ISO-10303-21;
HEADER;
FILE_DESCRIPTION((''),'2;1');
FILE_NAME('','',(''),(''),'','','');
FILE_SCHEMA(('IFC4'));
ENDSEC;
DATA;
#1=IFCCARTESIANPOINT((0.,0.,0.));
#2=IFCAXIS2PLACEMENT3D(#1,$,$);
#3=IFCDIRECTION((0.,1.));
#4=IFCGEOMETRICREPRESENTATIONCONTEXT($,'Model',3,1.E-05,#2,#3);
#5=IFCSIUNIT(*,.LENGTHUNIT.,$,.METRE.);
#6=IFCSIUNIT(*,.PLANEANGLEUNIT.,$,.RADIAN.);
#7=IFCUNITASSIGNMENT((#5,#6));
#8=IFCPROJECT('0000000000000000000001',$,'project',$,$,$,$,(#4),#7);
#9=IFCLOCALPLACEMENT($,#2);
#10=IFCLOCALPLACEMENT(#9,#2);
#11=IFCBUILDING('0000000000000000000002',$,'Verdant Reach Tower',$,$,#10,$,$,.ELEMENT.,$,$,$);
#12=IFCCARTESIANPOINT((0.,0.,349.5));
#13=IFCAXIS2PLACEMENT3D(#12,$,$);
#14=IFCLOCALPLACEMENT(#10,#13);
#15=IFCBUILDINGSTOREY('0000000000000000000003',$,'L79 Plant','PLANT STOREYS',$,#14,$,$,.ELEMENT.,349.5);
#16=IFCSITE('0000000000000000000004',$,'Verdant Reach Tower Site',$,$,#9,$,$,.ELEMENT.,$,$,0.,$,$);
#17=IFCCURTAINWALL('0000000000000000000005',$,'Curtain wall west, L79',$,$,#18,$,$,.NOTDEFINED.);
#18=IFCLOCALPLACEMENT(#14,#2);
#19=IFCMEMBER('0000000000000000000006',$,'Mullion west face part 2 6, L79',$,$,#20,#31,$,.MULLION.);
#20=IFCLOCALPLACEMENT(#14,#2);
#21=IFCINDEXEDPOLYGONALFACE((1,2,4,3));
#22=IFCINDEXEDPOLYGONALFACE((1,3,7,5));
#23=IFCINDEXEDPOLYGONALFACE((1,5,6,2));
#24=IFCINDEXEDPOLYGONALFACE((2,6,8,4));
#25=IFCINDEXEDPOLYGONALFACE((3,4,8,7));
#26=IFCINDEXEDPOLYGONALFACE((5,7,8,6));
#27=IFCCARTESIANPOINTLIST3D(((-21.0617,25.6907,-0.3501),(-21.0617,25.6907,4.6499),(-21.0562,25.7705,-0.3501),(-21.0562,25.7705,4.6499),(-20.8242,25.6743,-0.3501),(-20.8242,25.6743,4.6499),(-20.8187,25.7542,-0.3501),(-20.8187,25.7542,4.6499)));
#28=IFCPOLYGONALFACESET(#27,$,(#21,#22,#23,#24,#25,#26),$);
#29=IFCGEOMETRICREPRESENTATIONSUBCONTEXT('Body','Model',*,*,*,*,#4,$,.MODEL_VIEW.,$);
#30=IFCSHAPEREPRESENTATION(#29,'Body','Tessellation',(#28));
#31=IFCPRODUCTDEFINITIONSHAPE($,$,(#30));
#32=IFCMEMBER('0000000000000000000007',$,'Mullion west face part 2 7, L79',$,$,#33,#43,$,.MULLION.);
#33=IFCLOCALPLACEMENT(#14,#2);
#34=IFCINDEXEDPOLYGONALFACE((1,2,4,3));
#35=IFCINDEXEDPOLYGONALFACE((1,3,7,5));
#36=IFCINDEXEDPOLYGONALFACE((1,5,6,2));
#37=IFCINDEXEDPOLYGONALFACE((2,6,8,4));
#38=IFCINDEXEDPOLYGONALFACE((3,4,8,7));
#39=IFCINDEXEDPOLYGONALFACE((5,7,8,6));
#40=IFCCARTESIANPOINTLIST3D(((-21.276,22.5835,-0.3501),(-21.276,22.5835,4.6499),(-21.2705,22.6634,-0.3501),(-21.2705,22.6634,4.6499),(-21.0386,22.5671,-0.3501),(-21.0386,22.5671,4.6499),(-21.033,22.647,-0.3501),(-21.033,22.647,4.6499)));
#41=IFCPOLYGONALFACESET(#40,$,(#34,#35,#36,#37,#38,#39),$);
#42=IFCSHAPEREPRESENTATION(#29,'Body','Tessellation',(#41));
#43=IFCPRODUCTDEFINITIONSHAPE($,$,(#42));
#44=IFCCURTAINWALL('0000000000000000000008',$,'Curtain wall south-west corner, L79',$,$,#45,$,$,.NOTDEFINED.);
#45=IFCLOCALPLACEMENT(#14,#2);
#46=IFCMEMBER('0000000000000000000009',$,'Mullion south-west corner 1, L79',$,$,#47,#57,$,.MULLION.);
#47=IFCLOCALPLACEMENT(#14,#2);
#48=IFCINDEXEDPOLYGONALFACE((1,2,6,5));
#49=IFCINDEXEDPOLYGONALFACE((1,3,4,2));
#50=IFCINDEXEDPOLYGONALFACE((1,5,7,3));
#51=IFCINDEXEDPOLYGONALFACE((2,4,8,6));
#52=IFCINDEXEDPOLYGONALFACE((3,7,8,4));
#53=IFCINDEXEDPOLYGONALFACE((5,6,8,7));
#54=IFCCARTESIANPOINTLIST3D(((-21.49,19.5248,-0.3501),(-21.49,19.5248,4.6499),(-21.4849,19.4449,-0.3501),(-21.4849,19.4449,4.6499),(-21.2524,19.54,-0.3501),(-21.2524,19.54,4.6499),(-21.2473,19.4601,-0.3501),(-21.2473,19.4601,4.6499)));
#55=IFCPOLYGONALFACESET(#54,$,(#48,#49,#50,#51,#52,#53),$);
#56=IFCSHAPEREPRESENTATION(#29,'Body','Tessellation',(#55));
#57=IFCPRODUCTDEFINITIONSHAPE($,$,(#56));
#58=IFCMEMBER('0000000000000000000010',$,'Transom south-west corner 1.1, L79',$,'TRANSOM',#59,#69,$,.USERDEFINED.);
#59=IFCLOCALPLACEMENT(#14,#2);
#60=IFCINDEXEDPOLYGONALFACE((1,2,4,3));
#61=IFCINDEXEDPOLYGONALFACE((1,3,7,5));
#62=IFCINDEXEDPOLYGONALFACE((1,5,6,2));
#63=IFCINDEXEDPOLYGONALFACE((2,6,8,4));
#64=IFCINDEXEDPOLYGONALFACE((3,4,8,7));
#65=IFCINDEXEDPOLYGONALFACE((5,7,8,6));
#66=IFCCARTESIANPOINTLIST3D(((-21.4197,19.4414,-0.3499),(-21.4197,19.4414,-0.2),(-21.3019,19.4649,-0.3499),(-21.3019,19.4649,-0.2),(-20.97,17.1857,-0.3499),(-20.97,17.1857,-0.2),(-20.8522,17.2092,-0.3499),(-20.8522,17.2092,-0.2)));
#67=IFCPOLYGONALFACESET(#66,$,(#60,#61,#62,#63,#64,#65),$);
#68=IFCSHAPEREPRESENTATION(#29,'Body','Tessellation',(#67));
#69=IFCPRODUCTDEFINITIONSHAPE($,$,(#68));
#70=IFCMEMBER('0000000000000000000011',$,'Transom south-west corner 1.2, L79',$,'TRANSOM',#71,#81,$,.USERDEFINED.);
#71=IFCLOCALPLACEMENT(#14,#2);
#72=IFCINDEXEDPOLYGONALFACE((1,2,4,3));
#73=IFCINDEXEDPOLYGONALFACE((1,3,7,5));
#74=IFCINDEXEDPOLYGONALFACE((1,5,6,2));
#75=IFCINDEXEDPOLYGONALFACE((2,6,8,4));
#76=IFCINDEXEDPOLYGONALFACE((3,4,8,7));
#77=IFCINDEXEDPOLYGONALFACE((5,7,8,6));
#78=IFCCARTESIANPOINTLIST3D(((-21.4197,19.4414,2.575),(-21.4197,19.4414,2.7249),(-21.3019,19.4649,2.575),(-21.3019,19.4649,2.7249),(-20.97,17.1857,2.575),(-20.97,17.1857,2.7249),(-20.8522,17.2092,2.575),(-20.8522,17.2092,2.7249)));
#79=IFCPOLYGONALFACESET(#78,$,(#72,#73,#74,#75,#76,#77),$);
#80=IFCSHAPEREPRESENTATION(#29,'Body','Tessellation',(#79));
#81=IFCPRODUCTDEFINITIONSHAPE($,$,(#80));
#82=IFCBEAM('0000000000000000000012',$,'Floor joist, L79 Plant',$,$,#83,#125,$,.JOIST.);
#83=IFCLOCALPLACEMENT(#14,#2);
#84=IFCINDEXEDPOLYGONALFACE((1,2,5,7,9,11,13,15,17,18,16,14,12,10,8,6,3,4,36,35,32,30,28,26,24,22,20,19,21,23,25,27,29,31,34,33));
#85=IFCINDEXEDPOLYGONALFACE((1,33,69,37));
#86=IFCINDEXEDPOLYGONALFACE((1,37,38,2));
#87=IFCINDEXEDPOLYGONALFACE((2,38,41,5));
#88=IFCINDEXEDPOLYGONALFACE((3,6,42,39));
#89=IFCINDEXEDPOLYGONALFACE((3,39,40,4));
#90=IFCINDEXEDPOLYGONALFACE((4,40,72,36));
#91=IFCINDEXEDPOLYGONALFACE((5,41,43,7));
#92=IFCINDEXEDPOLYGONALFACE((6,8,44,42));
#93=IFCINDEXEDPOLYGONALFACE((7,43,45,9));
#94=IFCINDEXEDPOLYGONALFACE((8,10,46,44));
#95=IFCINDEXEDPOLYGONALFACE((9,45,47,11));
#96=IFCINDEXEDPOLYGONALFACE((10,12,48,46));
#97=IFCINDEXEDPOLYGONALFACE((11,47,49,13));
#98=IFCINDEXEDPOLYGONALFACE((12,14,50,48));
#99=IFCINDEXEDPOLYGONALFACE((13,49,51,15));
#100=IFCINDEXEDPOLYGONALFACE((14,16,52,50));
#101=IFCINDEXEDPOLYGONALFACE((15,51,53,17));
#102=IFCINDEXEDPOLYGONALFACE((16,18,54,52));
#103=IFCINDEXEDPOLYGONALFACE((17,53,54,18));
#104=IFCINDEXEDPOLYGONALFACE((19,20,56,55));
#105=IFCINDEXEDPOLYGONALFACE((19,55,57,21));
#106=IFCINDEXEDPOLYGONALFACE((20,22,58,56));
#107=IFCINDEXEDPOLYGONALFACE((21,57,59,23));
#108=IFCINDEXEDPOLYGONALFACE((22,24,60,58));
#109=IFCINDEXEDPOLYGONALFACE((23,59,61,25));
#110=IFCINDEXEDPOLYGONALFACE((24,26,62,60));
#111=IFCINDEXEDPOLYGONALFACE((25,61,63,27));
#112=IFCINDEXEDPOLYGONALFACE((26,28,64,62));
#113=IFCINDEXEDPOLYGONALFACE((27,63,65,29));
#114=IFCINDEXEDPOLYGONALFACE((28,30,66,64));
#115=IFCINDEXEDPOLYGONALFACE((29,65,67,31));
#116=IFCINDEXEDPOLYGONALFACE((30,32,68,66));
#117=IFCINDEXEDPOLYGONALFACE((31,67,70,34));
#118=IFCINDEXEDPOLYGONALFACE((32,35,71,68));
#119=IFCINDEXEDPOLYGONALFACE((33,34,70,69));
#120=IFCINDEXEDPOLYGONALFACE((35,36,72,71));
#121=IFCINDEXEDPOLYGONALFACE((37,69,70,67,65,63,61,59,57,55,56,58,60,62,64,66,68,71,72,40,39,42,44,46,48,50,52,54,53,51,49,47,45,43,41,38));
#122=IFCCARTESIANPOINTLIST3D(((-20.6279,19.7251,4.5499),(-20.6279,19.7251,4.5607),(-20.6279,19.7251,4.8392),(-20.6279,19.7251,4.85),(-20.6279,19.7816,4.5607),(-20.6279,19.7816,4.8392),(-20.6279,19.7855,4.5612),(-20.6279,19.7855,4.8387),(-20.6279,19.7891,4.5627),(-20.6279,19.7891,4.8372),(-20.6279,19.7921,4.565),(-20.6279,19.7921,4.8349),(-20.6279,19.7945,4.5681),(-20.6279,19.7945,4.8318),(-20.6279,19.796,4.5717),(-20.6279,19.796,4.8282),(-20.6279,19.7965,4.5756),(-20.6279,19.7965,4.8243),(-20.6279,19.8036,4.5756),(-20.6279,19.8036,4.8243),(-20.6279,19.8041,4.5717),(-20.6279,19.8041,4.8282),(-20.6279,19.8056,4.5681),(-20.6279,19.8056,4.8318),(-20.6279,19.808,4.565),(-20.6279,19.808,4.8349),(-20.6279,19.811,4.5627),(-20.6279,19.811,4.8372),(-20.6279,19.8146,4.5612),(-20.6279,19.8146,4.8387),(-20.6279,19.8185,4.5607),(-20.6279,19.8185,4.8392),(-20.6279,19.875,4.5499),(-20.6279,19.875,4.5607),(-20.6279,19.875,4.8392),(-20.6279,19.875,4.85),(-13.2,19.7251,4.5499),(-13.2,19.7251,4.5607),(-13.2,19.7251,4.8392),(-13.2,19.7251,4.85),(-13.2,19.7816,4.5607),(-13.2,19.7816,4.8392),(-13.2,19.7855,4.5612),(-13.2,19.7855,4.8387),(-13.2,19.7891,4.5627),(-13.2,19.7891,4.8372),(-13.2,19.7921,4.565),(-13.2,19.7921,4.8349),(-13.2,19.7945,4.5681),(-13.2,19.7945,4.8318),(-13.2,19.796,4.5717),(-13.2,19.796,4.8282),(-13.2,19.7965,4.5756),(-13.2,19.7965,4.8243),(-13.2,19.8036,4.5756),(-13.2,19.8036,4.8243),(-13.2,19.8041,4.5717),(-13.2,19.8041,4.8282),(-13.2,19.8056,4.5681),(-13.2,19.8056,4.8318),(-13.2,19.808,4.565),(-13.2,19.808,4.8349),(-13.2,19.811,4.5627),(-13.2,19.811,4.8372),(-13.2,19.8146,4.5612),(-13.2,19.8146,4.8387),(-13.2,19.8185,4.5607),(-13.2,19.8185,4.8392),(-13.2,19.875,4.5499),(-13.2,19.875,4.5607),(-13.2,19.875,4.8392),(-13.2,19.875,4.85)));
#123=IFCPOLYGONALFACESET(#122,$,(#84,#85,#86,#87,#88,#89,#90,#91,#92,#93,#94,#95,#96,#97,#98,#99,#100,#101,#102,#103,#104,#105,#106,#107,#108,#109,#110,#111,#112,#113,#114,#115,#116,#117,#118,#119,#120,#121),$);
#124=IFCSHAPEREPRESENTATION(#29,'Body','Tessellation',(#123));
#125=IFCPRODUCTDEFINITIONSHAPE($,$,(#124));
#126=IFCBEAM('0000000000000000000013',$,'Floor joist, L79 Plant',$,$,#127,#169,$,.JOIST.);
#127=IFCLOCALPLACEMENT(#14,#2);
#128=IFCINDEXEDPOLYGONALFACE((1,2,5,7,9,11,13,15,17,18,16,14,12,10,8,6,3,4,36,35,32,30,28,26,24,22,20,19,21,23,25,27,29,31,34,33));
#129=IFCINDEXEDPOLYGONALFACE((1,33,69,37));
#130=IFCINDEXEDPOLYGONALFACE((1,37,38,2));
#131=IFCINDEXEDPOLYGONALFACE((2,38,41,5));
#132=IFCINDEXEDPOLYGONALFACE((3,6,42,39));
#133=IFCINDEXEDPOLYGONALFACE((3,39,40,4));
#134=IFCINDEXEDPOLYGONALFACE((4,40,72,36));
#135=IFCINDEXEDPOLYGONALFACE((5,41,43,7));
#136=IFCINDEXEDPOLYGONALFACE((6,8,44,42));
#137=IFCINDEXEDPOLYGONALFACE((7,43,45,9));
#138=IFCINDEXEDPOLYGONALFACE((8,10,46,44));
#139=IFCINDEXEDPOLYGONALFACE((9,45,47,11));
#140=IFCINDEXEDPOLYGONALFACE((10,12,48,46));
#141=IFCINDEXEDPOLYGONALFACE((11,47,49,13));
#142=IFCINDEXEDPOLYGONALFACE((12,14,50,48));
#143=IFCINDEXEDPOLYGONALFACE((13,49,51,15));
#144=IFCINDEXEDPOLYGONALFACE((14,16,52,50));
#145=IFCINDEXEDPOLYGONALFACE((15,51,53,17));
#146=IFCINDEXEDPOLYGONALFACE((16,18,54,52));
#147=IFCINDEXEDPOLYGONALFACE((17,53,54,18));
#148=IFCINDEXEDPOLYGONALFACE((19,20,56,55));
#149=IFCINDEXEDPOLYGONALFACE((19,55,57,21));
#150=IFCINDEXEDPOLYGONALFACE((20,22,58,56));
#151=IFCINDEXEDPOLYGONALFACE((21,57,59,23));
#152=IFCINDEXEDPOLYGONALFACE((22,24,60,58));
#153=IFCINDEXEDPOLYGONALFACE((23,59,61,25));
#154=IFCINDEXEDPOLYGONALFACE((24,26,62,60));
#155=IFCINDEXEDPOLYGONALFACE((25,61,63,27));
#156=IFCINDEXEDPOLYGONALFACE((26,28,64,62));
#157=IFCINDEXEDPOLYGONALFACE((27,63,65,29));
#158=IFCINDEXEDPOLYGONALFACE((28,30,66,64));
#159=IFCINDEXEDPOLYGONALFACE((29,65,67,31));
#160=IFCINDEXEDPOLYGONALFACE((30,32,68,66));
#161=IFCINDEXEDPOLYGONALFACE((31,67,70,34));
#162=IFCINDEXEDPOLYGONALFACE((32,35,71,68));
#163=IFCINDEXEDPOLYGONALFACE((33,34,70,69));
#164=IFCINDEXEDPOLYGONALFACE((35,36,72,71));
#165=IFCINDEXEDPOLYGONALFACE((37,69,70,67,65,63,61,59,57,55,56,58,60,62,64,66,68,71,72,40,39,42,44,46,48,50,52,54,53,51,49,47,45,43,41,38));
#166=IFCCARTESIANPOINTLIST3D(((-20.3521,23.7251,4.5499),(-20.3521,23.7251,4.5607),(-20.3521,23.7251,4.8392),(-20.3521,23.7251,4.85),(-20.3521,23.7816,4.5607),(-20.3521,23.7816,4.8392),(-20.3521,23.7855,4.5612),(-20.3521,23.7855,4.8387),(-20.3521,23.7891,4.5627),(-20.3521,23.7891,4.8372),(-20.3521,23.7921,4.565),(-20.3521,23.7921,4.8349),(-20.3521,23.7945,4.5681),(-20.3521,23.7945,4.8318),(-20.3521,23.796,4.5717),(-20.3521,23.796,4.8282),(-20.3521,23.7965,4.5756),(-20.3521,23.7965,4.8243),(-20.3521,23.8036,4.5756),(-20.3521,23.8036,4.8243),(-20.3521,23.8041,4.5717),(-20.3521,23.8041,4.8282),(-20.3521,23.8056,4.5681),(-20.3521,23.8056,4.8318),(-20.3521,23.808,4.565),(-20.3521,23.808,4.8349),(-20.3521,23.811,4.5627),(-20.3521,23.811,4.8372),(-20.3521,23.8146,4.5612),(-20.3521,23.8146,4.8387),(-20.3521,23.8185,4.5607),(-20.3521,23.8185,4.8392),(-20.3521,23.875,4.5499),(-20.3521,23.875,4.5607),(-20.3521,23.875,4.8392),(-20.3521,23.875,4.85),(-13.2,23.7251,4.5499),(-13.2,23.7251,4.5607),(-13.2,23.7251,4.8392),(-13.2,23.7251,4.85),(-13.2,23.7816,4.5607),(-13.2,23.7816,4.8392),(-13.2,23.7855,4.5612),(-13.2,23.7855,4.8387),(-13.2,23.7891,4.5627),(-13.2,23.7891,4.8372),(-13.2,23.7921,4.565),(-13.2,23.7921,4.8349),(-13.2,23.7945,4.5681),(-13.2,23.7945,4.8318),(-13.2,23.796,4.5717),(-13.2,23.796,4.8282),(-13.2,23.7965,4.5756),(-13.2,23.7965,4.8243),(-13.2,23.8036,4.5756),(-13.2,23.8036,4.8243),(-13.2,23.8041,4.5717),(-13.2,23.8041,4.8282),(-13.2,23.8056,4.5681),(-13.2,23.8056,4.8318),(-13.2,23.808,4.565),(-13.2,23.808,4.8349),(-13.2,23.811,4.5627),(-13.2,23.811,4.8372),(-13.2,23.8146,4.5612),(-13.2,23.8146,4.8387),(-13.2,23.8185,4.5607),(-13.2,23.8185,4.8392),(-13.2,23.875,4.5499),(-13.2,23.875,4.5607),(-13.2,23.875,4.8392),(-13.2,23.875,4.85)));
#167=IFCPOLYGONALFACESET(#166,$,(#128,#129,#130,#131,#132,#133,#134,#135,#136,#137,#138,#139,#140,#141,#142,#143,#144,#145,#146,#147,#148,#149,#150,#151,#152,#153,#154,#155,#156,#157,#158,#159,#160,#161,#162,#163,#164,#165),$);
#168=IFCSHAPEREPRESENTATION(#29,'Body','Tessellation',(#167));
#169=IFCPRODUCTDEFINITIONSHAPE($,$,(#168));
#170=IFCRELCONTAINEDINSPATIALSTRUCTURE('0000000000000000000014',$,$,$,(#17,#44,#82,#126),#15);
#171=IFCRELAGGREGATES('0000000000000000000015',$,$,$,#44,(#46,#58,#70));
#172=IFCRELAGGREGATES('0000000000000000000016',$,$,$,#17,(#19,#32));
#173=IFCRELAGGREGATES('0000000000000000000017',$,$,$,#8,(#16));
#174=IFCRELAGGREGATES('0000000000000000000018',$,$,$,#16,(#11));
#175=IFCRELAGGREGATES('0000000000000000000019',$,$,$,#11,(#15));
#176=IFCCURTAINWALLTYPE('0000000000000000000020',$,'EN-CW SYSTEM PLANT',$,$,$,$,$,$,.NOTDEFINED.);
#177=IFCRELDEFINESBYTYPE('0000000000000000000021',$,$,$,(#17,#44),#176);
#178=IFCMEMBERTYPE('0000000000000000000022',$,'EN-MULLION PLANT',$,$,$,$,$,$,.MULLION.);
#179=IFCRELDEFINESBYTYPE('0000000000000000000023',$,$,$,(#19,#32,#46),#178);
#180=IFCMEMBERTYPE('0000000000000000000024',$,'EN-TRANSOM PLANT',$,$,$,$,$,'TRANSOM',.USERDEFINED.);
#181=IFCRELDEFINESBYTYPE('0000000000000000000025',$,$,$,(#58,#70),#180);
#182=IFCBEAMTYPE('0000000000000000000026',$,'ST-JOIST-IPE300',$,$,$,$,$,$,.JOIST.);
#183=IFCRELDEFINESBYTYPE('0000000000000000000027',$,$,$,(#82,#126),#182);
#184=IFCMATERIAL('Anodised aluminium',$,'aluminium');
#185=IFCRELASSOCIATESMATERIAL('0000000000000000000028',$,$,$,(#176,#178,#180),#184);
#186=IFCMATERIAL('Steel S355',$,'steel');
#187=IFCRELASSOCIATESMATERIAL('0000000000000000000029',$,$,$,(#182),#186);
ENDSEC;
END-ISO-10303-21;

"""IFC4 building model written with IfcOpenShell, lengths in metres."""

from ifc_helpers import new_model, si_unit, direction, frame, origin, origin_2d, place, context, subcontext, project, spatial, rectangle, i_section, extrude, material, material_profile, profile_set, type_object, element, aggregate, save


model = new_model("IFC4")

# Units and contexts
model_context = context("Model", 3, precision=1e-05, world=origin(), true_north=direction((0.0, 1.0)))
body_context = subcontext(model_context, "Body", "Model", "MODEL_VIEW")
ifc_project = project(units=[si_unit("LENGTHUNIT", "METRE"), si_unit("PLANEANGLEUNIT", "RADIAN")], contexts=[model_context])

# Site, building, storey
site_placement = place(None, origin())
site = spatial("IfcSite", under=ifc_project, at=site_placement, Name="Verdant Reach Tower Site", CompositionType="ELEMENT", RefElevation=0.0)
building_placement = place(site_placement, origin())
building = spatial("IfcBuilding", under=site, at=building_placement, Name="Verdant Reach Tower", CompositionType="ELEMENT")
storey_placement = place(building_placement, frame((0.0, 0.0, 349.5)))
storey = spatial("IfcBuildingStorey", under=building, at=storey_placement, Name="L79 Plant", Description="PLANT STOREYS", CompositionType="ELEMENT", Elevation=349.5)

# Curtain walls, members
ifc_material_1 = material(Name="Anodised aluminium", Category="aluminium")
curtain_wall_type = type_object("IfcCurtainWallType", Name="EN-CW SYSTEM PLANT", PredefinedType="NOTDEFINED", material=ifc_material_1)
curtain_wall_1_placement = place(storey_placement, origin())
curtain_wall_1 = element("IfcCurtainWall", 1, at=curtain_wall_1_placement, inside=storey, type_object=curtain_wall_type, Name="Curtain wall west, L79", PredefinedType="NOTDEFINED")
ifc_material_profile_1 = material_profile(ifc_material_1, rectangle(XDim=0.238, YDim=0.0801, at=origin_2d()), Name="Mullion 80x240")
ifc_profile_set_1 = profile_set([ifc_material_profile_1], Name="Anodised aluminium")
member_type_1 = type_object("IfcMemberType", Name="EN-MULLION PLANT", PredefinedType="MULLION", material=ifc_profile_set_1)
member_1_placement = place(storey_placement, frame((-20.9402, 25.7224, -0.3501), z_axis=(0.0, 0.0, 1.0), x_axis=(-0.99763, 0.068802, 0.0)))
member_1 = element("IfcMember", 2, at=member_1_placement, type_object=member_type_1, Name="Mullion west face part 2 6, L79", PredefinedType="MULLION", context=body_context, shape_type="SweptSolid", body=[
    extrude(rectangle(XDim=0.238, YDim=0.0801, at=origin_2d()), origin(), (0.0, 0.0, 1.0), 5.0),
])
member_2_placement = place(storey_placement, frame((-21.1545, 22.6152, -0.3501), z_axis=(0.0, 0.0, 1.0), x_axis=(-0.99763, 0.068802, 0.0)))
member_2 = element("IfcMember", 3, at=member_2_placement, type_object=member_type_1, Name="Mullion west face part 2 7, L79", PredefinedType="MULLION", context=body_context, shape_type="SweptSolid", body=[
    extrude(rectangle(XDim=0.238, YDim=0.0801, at=origin_2d()), origin(), (0.0, 0.0, 1.0), 5.0),
])
curtain_wall_2_placement = place(storey_placement, origin())
curtain_wall_2 = element("IfcCurtainWall", 4, at=curtain_wall_2_placement, inside=storey, type_object=curtain_wall_type, Name="Curtain wall south-west corner, L79", PredefinedType="NOTDEFINED")
member_3_placement = place(storey_placement, frame((-21.3687, 19.4924, -0.3501), z_axis=(0.0, 0.0, 1.0), x_axis=(-0.997969, -0.063699, 0.0)))
member_3 = element("IfcMember", 5, at=member_3_placement, type_object=member_type_1, Name="Mullion south-west corner 1, L79", PredefinedType="MULLION", context=body_context, shape_type="SweptSolid", body=[
    extrude(rectangle(XDim=0.238, YDim=0.0801, at=origin_2d()), origin(), (0.0, 0.0, 1.0), 5.0),
])
ifc_material_profile_2 = material_profile(ifc_material_1, rectangle(XDim=0.1201, YDim=0.1499, at=origin_2d()), Name="Transom 150x120")
ifc_profile_set_2 = profile_set([ifc_material_profile_2], Name="Anodised aluminium")
member_type_2 = type_object("IfcMemberType", Name="EN-TRANSOM PLANT", ElementType="TRANSOM", PredefinedType="USERDEFINED", material=ifc_profile_set_2)
member_4_placement = place(storey_placement, frame((-21.3608, 19.4531, -0.2749), z_axis=(0.195524, -0.980699, 0.0), x_axis=(0.980699, 0.195524, 0.0)))
member_4 = element("IfcMember", 6, at=member_4_placement, type_object=member_type_2, Name="Transom south-west corner 1.1, L79", ObjectType="TRANSOM", PredefinedType="USERDEFINED", context=body_context, shape_type="SweptSolid", body=[
    extrude(rectangle(XDim=0.1201, YDim=0.1499, at=origin_2d()), origin(), (0.0, 0.0, 1.0), 2.3),
])
member_5_placement = place(storey_placement, frame((-21.3608, 19.4531, 2.6499), z_axis=(0.195524, -0.980699, 0.0), x_axis=(0.980699, 0.195524, 0.0)))
member_5 = element("IfcMember", 7, at=member_5_placement, type_object=member_type_2, Name="Transom south-west corner 1.2, L79", ObjectType="TRANSOM", PredefinedType="USERDEFINED", context=body_context, shape_type="SweptSolid", body=[
    extrude(rectangle(XDim=0.1201, YDim=0.1499, at=origin_2d()), origin(), (0.0, 0.0, 1.0), 2.3),
])
aggregate(curtain_wall_2, [member_3, member_4, member_5])

# Beams
ifc_material_2 = material(Name="Steel S355", Category="steel")
ifc_material_profile_3 = material_profile(ifc_material_2, i_section(OverallWidth=0.1499, OverallDepth=0.3, WebThickness=0.0071, FlangeThickness=0.0107, FilletRadius=0.0149, at=origin_2d()), Name="IPE 300")
ifc_profile_set_3 = profile_set([ifc_material_profile_3], Name="Steel S355")
beam_type_1 = type_object("IfcBeamType", Name="ST-JOIST-IPE300", PredefinedType="JOIST", material=ifc_profile_set_3)
beam_1_placement = place(storey_placement, frame((-13.2, 19.8, 4.7), z_axis=(-1.0, 0.0, 0.0), x_axis=(0.0, -1.0, 0.0)))
element("IfcBeam", 8, at=beam_1_placement, inside=storey, type_object=beam_type_1, Name="Floor joist, L79 Plant", PredefinedType="JOIST", context=body_context, shape_type="SweptSolid", body=[
    extrude(i_section(OverallWidth=0.1499, OverallDepth=0.3, WebThickness=0.0071, FlangeThickness=0.0107, FilletRadius=0.0149, at=origin_2d()), origin(), (0.0, 0.0, 1.0), 7.428),
])
beam_2_placement = place(storey_placement, frame((-13.2, 23.8, 4.7), z_axis=(-1.0, 0.0, 0.0), x_axis=(0.0, -1.0, 0.0)))
element("IfcBeam", 9, at=beam_2_placement, inside=storey, type_object=beam_type_1, Name="Floor joist, L79 Plant", PredefinedType="JOIST", context=body_context, shape_type="SweptSolid", body=[
    extrude(i_section(OverallWidth=0.1499, OverallDepth=0.3, WebThickness=0.0071, FlangeThickness=0.0107, FilletRadius=0.0149, at=origin_2d()), origin(), (0.0, 0.0, 1.0), 7.1521),
])

aggregate(curtain_wall_1, [member_1, member_2])

save(model, "model.ifc")
